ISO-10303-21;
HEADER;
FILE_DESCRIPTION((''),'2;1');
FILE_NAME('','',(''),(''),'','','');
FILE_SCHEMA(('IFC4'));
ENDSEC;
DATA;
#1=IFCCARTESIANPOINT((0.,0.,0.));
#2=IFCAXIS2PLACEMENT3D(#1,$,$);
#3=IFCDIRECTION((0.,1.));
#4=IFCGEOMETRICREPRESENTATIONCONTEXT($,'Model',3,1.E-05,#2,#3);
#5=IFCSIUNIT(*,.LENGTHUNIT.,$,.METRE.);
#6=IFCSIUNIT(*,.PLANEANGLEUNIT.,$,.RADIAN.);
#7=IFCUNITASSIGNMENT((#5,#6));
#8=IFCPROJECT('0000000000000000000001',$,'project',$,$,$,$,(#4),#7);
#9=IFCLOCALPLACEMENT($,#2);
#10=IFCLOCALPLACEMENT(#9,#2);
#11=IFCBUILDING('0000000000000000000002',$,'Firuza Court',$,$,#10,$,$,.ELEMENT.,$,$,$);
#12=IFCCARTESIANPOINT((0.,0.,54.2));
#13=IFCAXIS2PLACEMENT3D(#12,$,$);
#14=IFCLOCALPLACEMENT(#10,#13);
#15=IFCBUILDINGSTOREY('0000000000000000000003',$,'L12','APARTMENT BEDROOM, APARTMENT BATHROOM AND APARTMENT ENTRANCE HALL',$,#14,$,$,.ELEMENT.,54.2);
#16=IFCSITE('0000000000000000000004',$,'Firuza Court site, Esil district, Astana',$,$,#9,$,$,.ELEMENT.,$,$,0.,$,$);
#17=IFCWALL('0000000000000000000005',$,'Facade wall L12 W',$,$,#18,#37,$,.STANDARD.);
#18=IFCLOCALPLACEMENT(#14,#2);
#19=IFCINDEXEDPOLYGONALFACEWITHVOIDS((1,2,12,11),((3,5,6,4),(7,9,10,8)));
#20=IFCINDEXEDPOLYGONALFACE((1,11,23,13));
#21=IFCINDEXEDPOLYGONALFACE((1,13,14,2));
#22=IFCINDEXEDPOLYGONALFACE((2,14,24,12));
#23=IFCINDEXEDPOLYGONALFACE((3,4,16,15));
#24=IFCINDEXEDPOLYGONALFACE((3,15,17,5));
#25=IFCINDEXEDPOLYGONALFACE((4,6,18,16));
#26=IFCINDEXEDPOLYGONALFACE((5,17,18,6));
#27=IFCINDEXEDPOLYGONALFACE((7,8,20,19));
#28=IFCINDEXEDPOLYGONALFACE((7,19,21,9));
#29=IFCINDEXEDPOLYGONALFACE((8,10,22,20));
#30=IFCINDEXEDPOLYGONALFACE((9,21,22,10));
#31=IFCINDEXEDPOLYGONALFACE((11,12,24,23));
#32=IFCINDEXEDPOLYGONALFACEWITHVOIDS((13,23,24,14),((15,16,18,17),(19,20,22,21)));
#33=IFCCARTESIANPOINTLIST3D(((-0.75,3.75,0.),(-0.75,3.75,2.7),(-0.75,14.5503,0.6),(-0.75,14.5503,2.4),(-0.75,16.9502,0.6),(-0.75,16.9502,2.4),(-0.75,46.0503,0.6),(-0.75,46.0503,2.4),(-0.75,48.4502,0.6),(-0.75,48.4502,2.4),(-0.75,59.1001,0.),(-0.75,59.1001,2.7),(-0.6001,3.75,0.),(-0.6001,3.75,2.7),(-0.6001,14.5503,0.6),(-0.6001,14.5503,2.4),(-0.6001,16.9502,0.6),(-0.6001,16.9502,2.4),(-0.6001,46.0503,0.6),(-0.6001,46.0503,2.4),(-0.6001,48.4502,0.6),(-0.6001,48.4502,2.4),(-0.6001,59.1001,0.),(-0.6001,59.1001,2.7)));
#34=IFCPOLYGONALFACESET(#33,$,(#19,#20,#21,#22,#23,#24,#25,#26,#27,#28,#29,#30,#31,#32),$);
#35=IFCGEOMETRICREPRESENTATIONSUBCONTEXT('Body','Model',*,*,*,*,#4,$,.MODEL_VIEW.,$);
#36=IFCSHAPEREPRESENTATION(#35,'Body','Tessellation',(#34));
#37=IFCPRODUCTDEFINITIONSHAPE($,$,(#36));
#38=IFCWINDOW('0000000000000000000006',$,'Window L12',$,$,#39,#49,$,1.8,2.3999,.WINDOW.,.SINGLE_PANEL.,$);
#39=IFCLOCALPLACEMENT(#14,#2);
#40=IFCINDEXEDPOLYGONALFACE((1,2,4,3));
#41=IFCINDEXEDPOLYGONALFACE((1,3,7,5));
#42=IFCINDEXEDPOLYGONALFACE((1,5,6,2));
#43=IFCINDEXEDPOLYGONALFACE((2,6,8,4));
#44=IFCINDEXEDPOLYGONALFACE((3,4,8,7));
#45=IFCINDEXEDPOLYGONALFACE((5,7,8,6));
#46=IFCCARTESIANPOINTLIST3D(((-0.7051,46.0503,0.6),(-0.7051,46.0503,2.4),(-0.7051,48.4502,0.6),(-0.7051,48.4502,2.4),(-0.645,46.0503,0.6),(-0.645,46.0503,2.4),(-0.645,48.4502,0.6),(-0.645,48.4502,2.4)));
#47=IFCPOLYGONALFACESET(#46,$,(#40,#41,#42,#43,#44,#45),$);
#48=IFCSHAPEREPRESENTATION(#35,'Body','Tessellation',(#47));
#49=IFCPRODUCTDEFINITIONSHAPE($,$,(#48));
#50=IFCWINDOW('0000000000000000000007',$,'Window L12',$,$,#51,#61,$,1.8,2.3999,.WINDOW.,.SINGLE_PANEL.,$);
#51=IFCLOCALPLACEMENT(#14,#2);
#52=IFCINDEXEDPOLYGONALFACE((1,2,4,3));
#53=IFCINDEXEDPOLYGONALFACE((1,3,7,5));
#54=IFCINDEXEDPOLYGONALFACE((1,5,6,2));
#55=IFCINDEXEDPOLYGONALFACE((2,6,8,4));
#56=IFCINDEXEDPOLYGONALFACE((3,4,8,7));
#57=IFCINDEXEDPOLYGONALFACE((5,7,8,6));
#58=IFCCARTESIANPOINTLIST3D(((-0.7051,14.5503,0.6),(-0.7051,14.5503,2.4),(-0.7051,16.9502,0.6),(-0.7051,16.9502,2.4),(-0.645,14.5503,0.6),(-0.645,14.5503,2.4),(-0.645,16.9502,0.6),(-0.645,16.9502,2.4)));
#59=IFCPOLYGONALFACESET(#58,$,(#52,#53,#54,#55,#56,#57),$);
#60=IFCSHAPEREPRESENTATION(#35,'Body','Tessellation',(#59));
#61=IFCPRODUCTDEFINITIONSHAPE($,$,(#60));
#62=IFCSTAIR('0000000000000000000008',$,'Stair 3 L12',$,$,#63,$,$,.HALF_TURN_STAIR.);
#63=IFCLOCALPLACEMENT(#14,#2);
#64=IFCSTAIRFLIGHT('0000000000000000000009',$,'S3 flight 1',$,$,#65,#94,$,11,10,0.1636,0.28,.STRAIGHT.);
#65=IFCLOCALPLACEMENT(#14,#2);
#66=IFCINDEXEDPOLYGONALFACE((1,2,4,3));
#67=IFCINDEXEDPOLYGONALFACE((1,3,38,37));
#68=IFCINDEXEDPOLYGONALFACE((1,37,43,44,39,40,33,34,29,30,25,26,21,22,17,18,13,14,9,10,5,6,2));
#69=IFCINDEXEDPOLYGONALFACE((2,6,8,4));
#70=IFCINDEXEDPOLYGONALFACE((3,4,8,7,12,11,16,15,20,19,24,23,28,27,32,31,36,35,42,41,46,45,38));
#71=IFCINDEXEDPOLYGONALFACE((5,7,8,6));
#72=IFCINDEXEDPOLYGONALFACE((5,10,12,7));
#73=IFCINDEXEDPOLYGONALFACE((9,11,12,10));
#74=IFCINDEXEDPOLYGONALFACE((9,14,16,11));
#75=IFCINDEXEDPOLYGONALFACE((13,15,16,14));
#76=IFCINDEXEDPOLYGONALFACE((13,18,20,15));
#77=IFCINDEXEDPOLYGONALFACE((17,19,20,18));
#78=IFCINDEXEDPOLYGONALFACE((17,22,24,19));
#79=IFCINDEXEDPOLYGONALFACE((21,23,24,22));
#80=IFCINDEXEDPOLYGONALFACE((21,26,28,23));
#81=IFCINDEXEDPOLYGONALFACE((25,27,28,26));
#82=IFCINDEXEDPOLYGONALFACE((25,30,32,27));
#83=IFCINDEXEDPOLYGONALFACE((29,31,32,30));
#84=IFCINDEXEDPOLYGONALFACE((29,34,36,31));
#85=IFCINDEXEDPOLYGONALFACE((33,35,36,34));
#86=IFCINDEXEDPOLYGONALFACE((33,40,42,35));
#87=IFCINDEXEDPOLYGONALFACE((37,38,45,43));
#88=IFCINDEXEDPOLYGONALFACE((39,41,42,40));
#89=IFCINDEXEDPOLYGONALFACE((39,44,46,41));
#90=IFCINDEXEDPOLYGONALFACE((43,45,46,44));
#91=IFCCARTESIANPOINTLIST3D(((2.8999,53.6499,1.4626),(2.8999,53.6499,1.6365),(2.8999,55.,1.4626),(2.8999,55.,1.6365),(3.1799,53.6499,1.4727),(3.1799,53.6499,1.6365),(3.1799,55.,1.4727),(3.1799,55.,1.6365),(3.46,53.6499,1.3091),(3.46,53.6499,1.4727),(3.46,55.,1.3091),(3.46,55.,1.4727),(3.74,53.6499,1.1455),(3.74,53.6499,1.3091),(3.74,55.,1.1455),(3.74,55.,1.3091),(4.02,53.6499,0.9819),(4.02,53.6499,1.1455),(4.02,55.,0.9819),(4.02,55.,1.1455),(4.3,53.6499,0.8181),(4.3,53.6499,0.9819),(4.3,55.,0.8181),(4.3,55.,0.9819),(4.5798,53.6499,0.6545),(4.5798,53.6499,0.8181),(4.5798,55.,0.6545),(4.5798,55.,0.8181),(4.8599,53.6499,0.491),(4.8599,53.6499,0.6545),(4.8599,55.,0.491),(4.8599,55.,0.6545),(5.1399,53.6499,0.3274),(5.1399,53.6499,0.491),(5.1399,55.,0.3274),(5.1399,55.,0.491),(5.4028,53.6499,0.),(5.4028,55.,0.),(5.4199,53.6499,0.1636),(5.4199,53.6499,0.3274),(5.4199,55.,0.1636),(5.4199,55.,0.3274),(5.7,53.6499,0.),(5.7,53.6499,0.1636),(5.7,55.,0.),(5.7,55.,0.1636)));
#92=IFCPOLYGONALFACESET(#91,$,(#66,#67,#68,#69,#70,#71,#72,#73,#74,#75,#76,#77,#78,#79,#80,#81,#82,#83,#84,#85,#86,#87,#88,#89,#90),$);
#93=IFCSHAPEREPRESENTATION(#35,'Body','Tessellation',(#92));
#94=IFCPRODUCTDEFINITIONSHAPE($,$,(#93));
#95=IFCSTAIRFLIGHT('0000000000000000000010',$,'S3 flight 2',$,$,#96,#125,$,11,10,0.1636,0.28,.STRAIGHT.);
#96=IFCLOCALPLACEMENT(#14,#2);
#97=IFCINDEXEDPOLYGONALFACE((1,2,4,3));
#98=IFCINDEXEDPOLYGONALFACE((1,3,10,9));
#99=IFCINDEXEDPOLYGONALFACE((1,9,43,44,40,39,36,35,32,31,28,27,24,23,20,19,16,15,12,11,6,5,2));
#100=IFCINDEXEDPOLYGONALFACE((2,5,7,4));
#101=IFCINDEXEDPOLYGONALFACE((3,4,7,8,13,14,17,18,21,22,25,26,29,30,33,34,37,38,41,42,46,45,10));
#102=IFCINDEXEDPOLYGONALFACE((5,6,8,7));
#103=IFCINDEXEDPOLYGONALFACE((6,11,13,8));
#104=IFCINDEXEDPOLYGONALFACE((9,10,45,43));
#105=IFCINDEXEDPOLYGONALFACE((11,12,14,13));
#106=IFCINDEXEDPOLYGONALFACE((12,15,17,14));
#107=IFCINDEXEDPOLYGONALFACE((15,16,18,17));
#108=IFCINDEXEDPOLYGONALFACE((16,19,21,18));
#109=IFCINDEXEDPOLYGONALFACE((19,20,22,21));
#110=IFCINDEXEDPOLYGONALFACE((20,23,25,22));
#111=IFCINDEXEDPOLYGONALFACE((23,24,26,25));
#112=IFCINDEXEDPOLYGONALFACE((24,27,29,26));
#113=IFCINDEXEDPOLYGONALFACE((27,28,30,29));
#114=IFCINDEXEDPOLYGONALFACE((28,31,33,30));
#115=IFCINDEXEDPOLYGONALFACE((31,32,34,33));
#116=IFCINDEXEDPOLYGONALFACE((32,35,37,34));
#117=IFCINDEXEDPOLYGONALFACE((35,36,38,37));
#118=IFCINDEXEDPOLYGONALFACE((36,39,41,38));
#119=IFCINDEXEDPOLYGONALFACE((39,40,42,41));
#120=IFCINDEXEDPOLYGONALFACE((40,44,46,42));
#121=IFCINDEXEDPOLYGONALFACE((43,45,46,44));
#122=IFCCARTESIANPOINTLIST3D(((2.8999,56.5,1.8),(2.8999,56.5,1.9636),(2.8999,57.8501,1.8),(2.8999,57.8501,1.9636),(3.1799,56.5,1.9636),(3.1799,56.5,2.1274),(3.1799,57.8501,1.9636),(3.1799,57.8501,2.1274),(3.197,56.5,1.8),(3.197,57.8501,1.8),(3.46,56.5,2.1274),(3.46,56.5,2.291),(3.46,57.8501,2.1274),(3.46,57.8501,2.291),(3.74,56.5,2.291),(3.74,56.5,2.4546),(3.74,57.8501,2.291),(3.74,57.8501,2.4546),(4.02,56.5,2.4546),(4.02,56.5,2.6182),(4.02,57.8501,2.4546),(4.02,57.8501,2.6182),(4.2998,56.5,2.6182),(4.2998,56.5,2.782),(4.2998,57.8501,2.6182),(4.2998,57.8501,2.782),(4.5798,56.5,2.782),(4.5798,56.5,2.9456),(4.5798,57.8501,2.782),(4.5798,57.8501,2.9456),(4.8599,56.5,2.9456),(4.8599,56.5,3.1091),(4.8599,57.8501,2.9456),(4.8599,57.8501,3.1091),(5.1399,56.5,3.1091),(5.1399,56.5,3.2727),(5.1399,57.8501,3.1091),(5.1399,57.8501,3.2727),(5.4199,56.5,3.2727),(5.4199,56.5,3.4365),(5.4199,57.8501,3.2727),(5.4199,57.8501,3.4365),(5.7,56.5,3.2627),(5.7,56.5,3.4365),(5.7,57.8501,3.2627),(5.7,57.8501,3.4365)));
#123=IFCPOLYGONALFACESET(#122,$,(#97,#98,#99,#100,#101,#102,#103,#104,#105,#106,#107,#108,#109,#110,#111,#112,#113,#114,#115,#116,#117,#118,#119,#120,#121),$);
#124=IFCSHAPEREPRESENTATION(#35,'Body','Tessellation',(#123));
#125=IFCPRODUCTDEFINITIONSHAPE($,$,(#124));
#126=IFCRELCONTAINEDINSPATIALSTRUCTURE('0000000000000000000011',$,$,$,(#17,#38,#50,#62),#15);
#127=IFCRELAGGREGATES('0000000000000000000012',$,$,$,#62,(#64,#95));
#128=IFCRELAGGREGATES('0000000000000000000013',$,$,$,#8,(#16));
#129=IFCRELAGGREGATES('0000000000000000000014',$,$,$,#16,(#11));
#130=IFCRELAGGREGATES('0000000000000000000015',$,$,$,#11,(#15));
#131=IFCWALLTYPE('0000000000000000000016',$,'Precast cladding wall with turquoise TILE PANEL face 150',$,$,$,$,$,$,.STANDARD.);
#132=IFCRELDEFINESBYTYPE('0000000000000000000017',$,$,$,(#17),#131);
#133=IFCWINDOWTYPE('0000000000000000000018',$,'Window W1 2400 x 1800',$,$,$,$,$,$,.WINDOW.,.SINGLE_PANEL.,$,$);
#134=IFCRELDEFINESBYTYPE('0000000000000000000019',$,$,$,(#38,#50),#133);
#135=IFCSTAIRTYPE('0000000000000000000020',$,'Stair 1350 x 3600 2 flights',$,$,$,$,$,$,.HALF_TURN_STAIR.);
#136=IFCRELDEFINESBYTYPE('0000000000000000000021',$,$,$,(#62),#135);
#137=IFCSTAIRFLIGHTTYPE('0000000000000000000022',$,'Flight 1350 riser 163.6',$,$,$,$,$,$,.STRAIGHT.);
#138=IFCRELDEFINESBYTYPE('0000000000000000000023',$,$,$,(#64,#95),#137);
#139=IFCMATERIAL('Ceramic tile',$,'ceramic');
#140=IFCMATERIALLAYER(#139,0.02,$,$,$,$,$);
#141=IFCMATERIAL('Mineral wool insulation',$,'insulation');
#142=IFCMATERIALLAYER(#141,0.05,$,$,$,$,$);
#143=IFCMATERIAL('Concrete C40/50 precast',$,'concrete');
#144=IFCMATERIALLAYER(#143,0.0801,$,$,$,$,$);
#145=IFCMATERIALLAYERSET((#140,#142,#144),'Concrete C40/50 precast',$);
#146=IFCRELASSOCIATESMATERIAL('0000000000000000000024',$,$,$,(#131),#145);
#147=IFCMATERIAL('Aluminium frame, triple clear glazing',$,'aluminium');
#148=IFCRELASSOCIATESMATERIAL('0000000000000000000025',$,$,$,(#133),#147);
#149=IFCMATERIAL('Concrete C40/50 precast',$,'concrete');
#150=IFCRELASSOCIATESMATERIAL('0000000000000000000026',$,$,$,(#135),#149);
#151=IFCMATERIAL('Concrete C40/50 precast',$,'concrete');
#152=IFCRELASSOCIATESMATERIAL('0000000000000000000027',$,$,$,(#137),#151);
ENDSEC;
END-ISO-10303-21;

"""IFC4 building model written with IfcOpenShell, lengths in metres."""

from ifc_helpers import new_model, si_unit, direction, frame, frame_2d, origin, place, context, subcontext, project, spatial, polyline, rectangle, outline, extrude, material, layer, layer_set, type_object, element, fill, aggregate, save


model = new_model("IFC4")

# Units and contexts
model_context = context("Model", 3, precision=1e-05, world=origin(), true_north=direction((0.0, 1.0)))
body_context = subcontext(model_context, "Body", "Model", "MODEL_VIEW")
ifc_project = project(units=[si_unit("LENGTHUNIT", "METRE"), si_unit("PLANEANGLEUNIT", "RADIAN")], contexts=[model_context])

# Site, building, storey
site_placement = place(None, origin())
site = spatial("IfcSite", under=ifc_project, at=site_placement, Name="Firuza Court site, Esil district, Astana", CompositionType="ELEMENT", RefElevation=0.0)
building_placement = place(site_placement, origin())
building = spatial("IfcBuilding", under=site, at=building_placement, Name="Firuza Court", CompositionType="ELEMENT")
storey_placement = place(building_placement, frame((0.0, 0.0, 54.2)))
storey = spatial("IfcBuildingStorey", under=building, at=storey_placement, Name="L12", Description="APARTMENT BEDROOM, APARTMENT BATHROOM AND APARTMENT ENTRANCE HALL", CompositionType="ELEMENT", Elevation=54.2)

# Wall, openings, windows
ifc_material_1 = material(Name="Ceramic tile", Category="ceramic")
ifc_layer_1 = layer(ifc_material_1, 0.02)
ifc_material_2 = material(Name="Mineral wool insulation", Category="insulation")
ifc_layer_2 = layer(ifc_material_2, 0.05)
ifc_material_3 = material(Name="Concrete C40/50 precast", Category="concrete")
ifc_layer_3 = layer(ifc_material_3, 0.0801)
ifc_layer_set_1 = layer_set([ifc_layer_1, ifc_layer_2, ifc_layer_3], Name="Concrete C40/50 precast")
wall_type_1 = type_object("IfcWallType", Name="Precast cladding wall with turquoise TILE PANEL face 150", PredefinedType="STANDARD", material=ifc_layer_set_1)
wall_1_placement = place(storey_placement, frame((-0.675, 59.1001, 0.0), z_axis=(0.0, 0.0, 1.0), x_axis=(0.0, -1.0, 0.0)))
wall_1 = element("IfcWall", 1, at=wall_1_placement, inside=storey, type_object=wall_type_1, Name="Facade wall L12 W", PredefinedType="STANDARD", context=body_context, shape_type="SweptSolid", body=[
    extrude(rectangle(XDim=55.3501, YDim=0.1499, at=frame_2d((27.675, 0.0))), origin(), (0.0, 0.0, 1.0), 2.7),
])
opening_1_placement = place(wall_1_placement, frame((10.6499, 0.0, 0.6001)))
opening_1 = element("IfcOpeningElement", 2, at=opening_1_placement, cuts=wall_1, PredefinedType="OPENING", context=body_context, shape_type="SweptSolid", body=[
    extrude(rectangle(XDim=2.3999, YDim=1.8, at=frame_2d((1.2, 0.8999))), frame((0.0, 0.0869, 0.0), z_axis=(0.0, -1.0, 0.0), x_axis=(1.0, 0.0, 0.0)), (0.0, 0.0, 1.0), 0.1738),
])
opening_2_placement = place(wall_1_placement, frame((42.1499, 0.0, 0.6001)))
opening_2 = element("IfcOpeningElement", 3, at=opening_2_placement, cuts=wall_1, PredefinedType="OPENING", context=body_context, shape_type="SweptSolid", body=[
    extrude(rectangle(XDim=2.3999, YDim=1.8, at=frame_2d((1.2, 0.8999))), frame((0.0, 0.0869, 0.0), z_axis=(0.0, -1.0, 0.0), x_axis=(1.0, 0.0, 0.0)), (0.0, 0.0, 1.0), 0.1738),
])
ifc_material_4 = material(Name="Aluminium frame, triple clear glazing", Category="aluminium")
window_type = type_object("IfcWindowType", Name="Window W1 2400 x 1800", PartitioningType="SINGLE_PANEL", PredefinedType="WINDOW", material=ifc_material_4)
window_1_placement = place(opening_1_placement, origin())
window_1 = element("IfcWindow", 4, at=window_1_placement, inside=storey, type_object=window_type, Name="Window L12", OverallHeight=1.8, OverallWidth=2.3999, PartitioningType="SINGLE_PANEL", PredefinedType="WINDOW", context=body_context, shape_type="SweptSolid", body=[
    extrude(rectangle(XDim=2.3999, YDim=1.8, at=frame_2d((1.2, 0.8999))), frame((0.0, 0.03, 0.0), z_axis=(0.0, -1.0, 0.0), x_axis=(1.0, 0.0, 0.0)), (0.0, 0.0, 1.0), 0.0601),
])
fill(opening_1, window_1)
window_2_placement = place(opening_2_placement, origin())
window_2 = element("IfcWindow", 5, at=window_2_placement, inside=storey, type_object=window_type, Name="Window L12", OverallHeight=1.8, OverallWidth=2.3999, PartitioningType="SINGLE_PANEL", PredefinedType="WINDOW", context=body_context, shape_type="SweptSolid", body=[
    extrude(rectangle(XDim=2.3999, YDim=1.8, at=frame_2d((1.2, 0.8999))), frame((0.0, 0.03, 0.0), z_axis=(0.0, -1.0, 0.0), x_axis=(1.0, 0.0, 0.0)), (0.0, 0.0, 1.0), 0.0601),
])
fill(opening_2, window_2)

# Stair, stair flights
ifc_material_5 = material(Name="Concrete C40/50 precast", Category="concrete")
stair_type = type_object("IfcStairType", Name="Stair 1350 x 3600 2 flights", PredefinedType="HALF_TURN_STAIR", material=ifc_material_5)
stair_placement = place(storey_placement, origin())
stair = element("IfcStair", 6, at=stair_placement, inside=storey, type_object=stair_type, Name="Stair 3 L12", PredefinedType="HALF_TURN_STAIR")
ifc_material_6 = material(Name="Concrete C40/50 precast", Category="concrete")
stair_flight_type = type_object("IfcStairFlightType", Name="Flight 1350 riser 163.6", PredefinedType="STRAIGHT", material=ifc_material_6)
stair_flight_1_placement = place(storey_placement, frame((5.7, 54.325, 0.0), z_axis=(0.0, 0.0, 1.0), x_axis=(-1.0, 0.0, 0.0)))
stair_flight_1 = element("IfcStairFlight", 7, at=stair_flight_1_placement, type_object=stair_flight_type, Name="S3 flight 1", NumberOfRisers=11, NumberOfTreads=10, PredefinedType="STRAIGHT", RiserHeight=0.1636, TreadLength=0.28, context=body_context, shape_type="SweptSolid", body=[
    extrude(outline(polyline([(0.0, 0.0), (0.0, 0.1636), (0.28, 0.1636), (0.28, 0.3274), (0.5601, 0.3274), (0.5601, 0.491), (0.8401, 0.491), (0.8401, 0.6545), (1.1201, 0.6545), (1.1201, 0.8181), (1.3999, 0.8181), (1.3999, 0.9819), (1.6799, 0.9819), (1.6799, 1.1455), (1.96, 1.1455), (1.96, 1.3091), (2.24, 1.3091), (2.24, 1.4727), (2.52, 1.4727), (2.52, 1.6365), (2.8, 1.6365), (2.8, 1.8), (2.8, 1.4626), (0.2971, 0.0), (0.0, 0.0)])), frame((0.0, 0.675, 0.0), z_axis=(0.0, -1.0, 0.0), x_axis=(1.0, 0.0, 0.0)), (0.0, 0.0, 1.0), 1.3501),
])
stair_flight_2_placement = place(storey_placement, frame((2.8999, 57.175, 1.8), z_axis=(0.0, 0.0, 1.0), x_axis=(1.0, 0.0, 0.0)))
stair_flight_2 = element("IfcStairFlight", 8, at=stair_flight_2_placement, type_object=stair_flight_type, Name="S3 flight 2", NumberOfRisers=11, NumberOfTreads=10, PredefinedType="STRAIGHT", RiserHeight=0.1636, TreadLength=0.28, context=body_context, shape_type="SweptSolid", body=[
    extrude(outline(polyline([(0.0, 0.0), (0.0, 0.1636), (0.28, 0.1636), (0.28, 0.3274), (0.5601, 0.3274), (0.5601, 0.491), (0.8401, 0.491), (0.8401, 0.6545), (1.1201, 0.6545), (1.1201, 0.8181), (1.3999, 0.8181), (1.3999, 0.9819), (1.6799, 0.9819), (1.6799, 1.1455), (1.96, 1.1455), (1.96, 1.3091), (2.24, 1.3091), (2.24, 1.4727), (2.52, 1.4727), (2.52, 1.6365), (2.8, 1.6365), (2.8, 1.8), (2.8, 1.4626), (0.2971, 0.0), (0.0, 0.0)])), frame((0.0, 0.675, 0.0), z_axis=(0.0, -1.0, 0.0), x_axis=(1.0, 0.0, 0.0)), (0.0, 0.0, 1.0), 1.3501),
])
aggregate(stair, [stair_flight_1, stair_flight_2])

save(model, "model.ifc")
